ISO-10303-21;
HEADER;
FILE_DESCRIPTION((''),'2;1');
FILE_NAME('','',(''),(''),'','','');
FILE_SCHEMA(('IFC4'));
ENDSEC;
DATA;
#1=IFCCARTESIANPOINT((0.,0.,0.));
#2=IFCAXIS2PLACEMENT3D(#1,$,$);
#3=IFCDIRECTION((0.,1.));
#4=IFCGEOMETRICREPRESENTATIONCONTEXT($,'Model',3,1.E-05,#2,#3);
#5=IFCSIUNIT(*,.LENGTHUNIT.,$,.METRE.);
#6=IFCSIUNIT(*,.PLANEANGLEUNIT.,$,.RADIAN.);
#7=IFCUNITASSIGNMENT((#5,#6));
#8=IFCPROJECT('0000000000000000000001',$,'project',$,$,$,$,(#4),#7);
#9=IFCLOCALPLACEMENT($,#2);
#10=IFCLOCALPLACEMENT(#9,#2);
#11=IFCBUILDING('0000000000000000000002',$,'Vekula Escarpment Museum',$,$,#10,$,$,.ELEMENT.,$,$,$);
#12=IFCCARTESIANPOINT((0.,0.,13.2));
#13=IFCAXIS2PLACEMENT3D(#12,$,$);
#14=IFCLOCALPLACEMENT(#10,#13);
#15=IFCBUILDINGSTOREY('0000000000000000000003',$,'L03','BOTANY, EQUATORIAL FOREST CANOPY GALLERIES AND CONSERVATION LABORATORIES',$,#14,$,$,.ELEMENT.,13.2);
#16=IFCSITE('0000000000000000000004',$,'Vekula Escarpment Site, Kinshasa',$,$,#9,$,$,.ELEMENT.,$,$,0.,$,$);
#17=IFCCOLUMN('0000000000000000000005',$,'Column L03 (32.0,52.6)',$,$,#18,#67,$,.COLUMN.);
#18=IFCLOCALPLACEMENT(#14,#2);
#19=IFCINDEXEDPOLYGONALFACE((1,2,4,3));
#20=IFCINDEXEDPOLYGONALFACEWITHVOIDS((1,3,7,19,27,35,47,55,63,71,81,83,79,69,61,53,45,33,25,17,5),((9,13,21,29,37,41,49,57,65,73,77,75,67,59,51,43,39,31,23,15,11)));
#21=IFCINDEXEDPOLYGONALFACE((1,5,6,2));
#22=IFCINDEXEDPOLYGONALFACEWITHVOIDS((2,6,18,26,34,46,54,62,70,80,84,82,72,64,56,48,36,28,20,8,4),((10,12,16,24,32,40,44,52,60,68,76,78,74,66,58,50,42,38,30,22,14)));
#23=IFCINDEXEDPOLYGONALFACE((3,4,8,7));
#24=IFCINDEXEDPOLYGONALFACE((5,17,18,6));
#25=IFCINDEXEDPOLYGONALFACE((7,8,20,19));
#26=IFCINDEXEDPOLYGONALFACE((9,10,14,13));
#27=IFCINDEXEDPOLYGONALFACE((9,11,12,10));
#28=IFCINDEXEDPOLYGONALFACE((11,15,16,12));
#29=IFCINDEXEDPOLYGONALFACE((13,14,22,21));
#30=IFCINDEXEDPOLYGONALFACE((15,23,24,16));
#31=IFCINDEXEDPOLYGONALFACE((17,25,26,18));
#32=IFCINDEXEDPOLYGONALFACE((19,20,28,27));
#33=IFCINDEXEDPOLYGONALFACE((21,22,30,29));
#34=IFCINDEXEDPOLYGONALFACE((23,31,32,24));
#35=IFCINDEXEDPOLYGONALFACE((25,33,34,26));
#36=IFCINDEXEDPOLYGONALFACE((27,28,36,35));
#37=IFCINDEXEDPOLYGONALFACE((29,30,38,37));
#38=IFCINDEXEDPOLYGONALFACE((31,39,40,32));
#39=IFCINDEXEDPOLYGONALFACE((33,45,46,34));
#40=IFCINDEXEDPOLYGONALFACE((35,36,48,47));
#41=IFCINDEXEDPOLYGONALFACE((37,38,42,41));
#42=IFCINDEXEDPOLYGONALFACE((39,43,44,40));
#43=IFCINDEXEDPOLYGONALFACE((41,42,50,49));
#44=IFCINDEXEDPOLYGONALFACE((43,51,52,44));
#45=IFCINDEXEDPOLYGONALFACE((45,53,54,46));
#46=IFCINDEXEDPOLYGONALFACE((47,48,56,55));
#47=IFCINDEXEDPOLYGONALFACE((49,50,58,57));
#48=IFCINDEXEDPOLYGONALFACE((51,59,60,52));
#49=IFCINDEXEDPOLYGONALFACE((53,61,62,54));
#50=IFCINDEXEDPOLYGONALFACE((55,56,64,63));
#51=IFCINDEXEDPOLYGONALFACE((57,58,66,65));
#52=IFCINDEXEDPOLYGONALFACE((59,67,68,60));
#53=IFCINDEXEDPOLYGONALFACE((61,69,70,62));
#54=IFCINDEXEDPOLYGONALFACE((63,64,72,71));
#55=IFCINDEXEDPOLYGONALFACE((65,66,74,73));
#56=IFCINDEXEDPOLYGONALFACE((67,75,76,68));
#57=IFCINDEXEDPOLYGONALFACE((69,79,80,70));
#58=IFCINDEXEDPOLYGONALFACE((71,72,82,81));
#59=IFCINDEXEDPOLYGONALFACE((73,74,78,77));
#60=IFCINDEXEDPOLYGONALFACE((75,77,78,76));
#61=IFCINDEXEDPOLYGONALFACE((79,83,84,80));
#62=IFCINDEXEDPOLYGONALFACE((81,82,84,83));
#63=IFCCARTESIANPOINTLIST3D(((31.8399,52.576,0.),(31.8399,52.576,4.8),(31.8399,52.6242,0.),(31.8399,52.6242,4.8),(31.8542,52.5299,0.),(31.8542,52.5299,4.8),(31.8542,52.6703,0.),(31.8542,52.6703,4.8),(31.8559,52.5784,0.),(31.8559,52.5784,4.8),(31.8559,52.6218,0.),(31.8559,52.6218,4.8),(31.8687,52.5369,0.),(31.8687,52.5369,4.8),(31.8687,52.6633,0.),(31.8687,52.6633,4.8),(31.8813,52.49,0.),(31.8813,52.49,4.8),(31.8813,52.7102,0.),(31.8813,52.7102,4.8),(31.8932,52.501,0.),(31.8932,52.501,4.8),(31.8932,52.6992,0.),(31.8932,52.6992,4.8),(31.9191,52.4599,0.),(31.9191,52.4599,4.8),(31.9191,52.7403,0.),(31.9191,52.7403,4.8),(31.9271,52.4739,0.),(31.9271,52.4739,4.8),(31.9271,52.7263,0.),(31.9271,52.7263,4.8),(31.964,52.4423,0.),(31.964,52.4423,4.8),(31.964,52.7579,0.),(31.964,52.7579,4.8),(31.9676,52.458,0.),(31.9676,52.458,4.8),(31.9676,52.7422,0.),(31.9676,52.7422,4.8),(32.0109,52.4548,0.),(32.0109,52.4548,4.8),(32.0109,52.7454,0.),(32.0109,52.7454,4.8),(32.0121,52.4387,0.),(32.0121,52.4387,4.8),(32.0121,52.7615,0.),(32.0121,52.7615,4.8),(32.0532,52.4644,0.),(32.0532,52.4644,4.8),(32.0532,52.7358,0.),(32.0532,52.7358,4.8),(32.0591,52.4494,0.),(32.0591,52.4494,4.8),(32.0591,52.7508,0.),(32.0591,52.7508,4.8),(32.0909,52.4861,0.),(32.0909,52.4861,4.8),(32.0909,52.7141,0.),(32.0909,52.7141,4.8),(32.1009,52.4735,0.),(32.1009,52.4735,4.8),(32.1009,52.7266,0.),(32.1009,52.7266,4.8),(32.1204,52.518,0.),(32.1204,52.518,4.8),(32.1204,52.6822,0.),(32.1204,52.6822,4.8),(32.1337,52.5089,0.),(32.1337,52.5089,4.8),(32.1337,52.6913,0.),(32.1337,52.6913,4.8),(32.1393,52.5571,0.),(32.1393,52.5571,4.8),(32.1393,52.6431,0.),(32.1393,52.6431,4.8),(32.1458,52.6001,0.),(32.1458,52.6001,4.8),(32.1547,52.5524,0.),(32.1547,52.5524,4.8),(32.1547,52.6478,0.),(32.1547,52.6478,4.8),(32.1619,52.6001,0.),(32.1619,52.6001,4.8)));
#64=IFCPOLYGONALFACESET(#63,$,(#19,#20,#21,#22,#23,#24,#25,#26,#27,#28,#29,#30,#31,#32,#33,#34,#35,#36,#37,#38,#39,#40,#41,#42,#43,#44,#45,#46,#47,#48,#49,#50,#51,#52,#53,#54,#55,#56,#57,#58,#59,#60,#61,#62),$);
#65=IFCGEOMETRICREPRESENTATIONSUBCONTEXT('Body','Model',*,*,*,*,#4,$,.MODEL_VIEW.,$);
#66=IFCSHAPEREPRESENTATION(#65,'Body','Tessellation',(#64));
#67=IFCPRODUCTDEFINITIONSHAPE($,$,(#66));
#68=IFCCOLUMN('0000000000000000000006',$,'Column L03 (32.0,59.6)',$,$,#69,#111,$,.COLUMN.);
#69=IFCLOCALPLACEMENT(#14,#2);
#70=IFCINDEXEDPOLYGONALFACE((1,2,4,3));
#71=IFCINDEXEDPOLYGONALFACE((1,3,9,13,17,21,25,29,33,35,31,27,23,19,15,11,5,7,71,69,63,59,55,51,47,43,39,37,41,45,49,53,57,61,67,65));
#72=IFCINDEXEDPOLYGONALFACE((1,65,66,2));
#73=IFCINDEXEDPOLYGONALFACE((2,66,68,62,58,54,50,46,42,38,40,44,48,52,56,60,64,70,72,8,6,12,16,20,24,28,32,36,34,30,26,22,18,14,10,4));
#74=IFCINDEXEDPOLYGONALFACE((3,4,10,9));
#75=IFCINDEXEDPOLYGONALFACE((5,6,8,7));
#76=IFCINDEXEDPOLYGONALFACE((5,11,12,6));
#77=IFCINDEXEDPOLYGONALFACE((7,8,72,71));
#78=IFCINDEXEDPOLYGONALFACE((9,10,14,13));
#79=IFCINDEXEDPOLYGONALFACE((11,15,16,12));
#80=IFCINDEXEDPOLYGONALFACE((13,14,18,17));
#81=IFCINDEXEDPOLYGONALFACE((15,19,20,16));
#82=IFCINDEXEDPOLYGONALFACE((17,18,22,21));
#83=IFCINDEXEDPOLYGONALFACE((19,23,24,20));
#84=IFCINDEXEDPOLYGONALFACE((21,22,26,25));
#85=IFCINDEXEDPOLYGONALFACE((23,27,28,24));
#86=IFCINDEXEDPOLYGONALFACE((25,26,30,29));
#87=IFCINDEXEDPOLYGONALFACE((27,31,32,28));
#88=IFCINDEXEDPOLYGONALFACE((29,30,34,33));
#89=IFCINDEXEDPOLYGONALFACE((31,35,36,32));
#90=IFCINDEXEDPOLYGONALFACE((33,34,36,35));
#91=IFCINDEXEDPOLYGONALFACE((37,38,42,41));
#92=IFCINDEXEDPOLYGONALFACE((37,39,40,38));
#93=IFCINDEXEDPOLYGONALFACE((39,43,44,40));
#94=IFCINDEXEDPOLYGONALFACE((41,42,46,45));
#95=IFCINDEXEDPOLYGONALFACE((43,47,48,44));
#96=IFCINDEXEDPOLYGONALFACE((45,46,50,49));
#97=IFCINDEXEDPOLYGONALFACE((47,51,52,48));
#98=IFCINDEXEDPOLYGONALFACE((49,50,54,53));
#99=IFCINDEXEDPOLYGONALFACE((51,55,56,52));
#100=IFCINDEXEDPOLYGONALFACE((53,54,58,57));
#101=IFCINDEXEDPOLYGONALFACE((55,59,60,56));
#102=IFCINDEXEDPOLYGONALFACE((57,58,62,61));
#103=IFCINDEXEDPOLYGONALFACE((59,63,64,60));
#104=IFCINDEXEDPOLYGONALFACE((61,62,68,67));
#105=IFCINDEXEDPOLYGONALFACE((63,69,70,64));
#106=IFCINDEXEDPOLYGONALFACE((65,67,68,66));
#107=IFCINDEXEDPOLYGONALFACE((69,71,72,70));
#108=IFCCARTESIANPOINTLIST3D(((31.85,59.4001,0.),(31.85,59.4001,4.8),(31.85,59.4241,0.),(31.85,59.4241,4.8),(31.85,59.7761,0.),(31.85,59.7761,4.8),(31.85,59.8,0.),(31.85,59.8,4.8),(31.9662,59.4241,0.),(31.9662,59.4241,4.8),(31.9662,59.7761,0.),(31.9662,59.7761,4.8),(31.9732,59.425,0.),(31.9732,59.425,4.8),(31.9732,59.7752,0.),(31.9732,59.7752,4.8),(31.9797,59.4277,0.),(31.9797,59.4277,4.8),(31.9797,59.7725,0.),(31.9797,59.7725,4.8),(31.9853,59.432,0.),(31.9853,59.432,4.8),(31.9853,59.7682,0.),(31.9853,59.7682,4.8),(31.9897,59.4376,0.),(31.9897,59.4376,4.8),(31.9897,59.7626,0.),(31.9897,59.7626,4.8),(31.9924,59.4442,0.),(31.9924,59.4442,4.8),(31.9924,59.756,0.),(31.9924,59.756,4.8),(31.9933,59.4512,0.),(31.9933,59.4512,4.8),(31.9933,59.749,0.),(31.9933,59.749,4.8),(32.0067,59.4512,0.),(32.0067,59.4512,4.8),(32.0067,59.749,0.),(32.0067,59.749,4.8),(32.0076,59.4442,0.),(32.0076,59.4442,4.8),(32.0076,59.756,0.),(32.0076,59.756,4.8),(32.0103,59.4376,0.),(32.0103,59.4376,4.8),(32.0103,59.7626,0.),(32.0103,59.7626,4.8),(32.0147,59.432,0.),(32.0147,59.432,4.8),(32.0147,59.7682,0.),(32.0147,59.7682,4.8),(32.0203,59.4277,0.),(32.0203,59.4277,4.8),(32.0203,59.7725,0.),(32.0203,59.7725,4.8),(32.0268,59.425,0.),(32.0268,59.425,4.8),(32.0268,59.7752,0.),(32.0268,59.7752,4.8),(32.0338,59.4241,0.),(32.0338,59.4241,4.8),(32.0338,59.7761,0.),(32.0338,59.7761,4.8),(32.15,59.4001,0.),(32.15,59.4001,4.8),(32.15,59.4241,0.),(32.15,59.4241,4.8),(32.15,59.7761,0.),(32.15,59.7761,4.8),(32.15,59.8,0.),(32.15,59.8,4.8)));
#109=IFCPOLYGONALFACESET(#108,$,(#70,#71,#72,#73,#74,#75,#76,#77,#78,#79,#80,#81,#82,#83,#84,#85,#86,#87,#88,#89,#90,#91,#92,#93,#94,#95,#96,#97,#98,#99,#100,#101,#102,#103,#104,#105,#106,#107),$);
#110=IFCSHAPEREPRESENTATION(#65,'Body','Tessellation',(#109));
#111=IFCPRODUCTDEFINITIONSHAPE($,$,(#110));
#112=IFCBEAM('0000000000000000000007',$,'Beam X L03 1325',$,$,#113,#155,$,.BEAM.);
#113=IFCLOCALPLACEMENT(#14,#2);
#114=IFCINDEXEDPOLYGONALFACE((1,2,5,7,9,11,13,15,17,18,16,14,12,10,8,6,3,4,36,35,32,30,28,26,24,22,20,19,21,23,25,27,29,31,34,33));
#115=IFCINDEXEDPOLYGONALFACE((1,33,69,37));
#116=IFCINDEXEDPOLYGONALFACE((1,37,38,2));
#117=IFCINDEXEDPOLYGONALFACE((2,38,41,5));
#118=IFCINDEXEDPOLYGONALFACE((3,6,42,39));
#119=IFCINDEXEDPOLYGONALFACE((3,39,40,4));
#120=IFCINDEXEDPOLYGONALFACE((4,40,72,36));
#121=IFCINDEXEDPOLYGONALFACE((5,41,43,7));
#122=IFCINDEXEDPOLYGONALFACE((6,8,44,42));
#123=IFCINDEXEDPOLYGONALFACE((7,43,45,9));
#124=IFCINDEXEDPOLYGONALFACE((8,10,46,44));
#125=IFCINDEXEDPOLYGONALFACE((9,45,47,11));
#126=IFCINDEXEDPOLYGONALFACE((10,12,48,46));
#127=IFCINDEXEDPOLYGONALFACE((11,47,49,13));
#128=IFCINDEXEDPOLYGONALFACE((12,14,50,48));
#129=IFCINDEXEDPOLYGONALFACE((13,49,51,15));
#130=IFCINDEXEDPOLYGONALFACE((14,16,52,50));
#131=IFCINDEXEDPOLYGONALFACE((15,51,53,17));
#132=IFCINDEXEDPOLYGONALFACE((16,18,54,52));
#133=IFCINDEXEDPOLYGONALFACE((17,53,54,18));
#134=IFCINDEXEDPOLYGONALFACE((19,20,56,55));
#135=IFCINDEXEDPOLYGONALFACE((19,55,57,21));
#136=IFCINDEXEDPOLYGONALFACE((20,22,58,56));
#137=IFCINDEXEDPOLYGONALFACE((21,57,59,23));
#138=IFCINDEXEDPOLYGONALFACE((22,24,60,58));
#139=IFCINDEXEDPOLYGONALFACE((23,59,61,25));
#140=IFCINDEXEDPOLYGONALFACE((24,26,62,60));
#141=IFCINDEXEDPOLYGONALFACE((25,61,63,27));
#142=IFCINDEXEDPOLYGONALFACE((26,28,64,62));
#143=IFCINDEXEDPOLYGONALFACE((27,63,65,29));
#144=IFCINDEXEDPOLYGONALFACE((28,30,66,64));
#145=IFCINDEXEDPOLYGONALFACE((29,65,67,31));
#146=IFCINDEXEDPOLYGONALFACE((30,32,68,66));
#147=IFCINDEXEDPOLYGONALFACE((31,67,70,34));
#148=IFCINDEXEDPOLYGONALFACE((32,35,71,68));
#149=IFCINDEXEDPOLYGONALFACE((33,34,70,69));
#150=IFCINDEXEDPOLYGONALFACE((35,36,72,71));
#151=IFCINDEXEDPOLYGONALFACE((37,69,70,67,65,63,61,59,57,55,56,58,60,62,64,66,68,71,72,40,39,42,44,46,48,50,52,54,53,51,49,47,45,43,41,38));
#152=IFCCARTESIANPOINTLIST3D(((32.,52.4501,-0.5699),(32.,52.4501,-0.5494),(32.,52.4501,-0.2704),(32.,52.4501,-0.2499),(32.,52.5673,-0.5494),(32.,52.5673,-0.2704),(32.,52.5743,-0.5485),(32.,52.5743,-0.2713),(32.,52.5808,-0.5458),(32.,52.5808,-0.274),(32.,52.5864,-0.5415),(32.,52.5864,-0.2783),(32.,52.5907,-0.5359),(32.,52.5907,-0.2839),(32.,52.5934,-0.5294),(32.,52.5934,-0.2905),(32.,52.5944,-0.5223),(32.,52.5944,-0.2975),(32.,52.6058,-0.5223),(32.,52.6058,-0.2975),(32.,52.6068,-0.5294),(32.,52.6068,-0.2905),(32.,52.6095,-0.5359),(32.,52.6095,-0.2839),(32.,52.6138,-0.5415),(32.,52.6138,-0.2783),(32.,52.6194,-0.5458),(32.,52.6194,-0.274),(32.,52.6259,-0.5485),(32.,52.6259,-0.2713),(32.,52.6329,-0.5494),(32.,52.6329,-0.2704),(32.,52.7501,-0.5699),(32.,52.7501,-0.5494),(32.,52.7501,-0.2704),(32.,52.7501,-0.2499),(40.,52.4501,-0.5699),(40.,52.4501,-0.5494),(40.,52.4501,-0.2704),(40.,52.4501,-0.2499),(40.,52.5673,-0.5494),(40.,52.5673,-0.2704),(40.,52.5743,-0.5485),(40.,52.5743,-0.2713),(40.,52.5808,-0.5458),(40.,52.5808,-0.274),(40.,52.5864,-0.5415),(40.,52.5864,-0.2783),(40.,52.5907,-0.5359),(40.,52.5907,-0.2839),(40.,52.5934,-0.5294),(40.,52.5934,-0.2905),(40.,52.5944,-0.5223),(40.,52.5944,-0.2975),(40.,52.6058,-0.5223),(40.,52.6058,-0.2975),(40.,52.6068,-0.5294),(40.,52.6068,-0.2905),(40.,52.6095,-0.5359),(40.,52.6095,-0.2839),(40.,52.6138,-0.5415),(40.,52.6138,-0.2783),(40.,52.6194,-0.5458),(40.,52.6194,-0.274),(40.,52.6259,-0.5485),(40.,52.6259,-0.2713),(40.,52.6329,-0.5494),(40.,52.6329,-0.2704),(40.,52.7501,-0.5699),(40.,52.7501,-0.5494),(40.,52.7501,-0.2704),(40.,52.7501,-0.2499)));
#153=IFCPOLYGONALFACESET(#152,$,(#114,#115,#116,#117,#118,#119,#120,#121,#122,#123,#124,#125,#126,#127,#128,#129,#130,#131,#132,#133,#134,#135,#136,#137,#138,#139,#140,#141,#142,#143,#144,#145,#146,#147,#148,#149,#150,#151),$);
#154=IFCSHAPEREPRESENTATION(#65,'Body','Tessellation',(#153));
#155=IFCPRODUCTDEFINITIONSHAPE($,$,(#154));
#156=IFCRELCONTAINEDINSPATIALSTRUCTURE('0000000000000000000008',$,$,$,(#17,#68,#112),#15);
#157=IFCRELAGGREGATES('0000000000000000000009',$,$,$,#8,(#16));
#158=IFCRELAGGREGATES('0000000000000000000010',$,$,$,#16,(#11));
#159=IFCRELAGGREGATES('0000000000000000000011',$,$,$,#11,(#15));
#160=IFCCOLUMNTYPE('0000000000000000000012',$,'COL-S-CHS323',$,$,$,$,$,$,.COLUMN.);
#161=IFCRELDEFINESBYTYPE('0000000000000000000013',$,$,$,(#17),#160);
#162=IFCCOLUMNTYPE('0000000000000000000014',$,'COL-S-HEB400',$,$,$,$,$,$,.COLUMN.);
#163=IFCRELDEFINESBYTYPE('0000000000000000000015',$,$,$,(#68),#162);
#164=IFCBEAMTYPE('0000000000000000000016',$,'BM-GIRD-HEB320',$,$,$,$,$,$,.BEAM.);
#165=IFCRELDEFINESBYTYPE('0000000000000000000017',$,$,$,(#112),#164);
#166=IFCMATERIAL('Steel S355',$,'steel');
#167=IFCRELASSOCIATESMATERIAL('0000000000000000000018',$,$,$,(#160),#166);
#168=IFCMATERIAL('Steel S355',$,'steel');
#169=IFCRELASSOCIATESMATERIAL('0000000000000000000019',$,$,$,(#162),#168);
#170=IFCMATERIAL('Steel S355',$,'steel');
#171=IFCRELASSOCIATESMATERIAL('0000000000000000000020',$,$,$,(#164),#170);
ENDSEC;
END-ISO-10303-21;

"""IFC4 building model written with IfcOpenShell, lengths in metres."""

from ifc_helpers import new_model, si_unit, direction, frame, origin, origin_2d, place, context, subcontext, project, spatial, hollow_circle, i_section, extrude, material, material_profile, profile_set, type_object, element, save


model = new_model("IFC4")

# Units and contexts
model_context = context("Model", 3, precision=1e-05, world=origin(), true_north=direction((0.0, 1.0)))
body_context = subcontext(model_context, "Body", "Model", "MODEL_VIEW")
ifc_project = project(units=[si_unit("LENGTHUNIT", "METRE"), si_unit("PLANEANGLEUNIT", "RADIAN")], contexts=[model_context])

# Site, building, storey
site_placement = place(None, origin())
site = spatial("IfcSite", under=ifc_project, at=site_placement, Name="Vekula Escarpment Site, Kinshasa", CompositionType="ELEMENT", RefElevation=0.0)
building_placement = place(site_placement, origin())
building = spatial("IfcBuilding", under=site, at=building_placement, Name="Vekula Escarpment Museum", CompositionType="ELEMENT")
storey_placement = place(building_placement, frame((0.0, 0.0, 13.2)))
storey = spatial("IfcBuildingStorey", under=building, at=storey_placement, Name="L03", Description="BOTANY, EQUATORIAL FOREST CANOPY GALLERIES AND CONSERVATION LABORATORIES", CompositionType="ELEMENT", Elevation=13.2)

# Columns
ifc_material_1 = material(Name="Steel S355", Category="steel")
ifc_material_profile_1 = material_profile(ifc_material_1, hollow_circle(Radius=0.1619, WallThickness=0.0161, at=origin_2d()), Name="CHS 323.9x16")
ifc_profile_set_1 = profile_set([ifc_material_profile_1], Name="Steel S355")
column_type_1 = type_object("IfcColumnType", Name="COL-S-CHS323", PredefinedType="COLUMN", material=ifc_profile_set_1)
column_1_placement = place(storey_placement, frame((32.0, 52.6001, 0.0), z_axis=(0.0, 0.0, 1.0), x_axis=(1.0, 0.0, 0.0)))
element("IfcColumn", 1, at=column_1_placement, inside=storey, type_object=column_type_1, Name="Column L03 (32.0,52.6)", PredefinedType="COLUMN", context=body_context, shape_type="SweptSolid", body=[
    extrude(hollow_circle(Radius=0.1619, WallThickness=0.0161, at=origin_2d()), origin(), (0.0, 0.0, 1.0), 4.8),
])
ifc_material_2 = material(Name="Steel S355", Category="steel")
ifc_material_profile_2 = material_profile(ifc_material_2, i_section(OverallWidth=0.3, OverallDepth=0.3999, WebThickness=0.0134, FlangeThickness=0.0239, FilletRadius=0.0271, at=origin_2d()), Name="HEB 400")
ifc_profile_set_2 = profile_set([ifc_material_profile_2], Name="Steel S355")
column_type_2 = type_object("IfcColumnType", Name="COL-S-HEB400", PredefinedType="COLUMN", material=ifc_profile_set_2)
column_2_placement = place(storey_placement, frame((32.0, 59.6001, 0.0), z_axis=(0.0, 0.0, 1.0), x_axis=(1.0, 0.0, 0.0)))
element("IfcColumn", 2, at=column_2_placement, inside=storey, type_object=column_type_2, Name="Column L03 (32.0,59.6)", PredefinedType="COLUMN", context=body_context, shape_type="SweptSolid", body=[
    extrude(i_section(OverallWidth=0.3, OverallDepth=0.3999, WebThickness=0.0134, FlangeThickness=0.0239, FilletRadius=0.0271, at=origin_2d()), origin(), (0.0, 0.0, 1.0), 4.8),
])

# Beam
ifc_material_3 = material(Name="Steel S355", Category="steel")
ifc_material_profile_3 = material_profile(ifc_material_3, i_section(OverallWidth=0.3, OverallDepth=0.3201, WebThickness=0.0115, FlangeThickness=0.0205, FilletRadius=0.0271, at=origin_2d()), Name="HEB 320")
ifc_profile_set_3 = profile_set([ifc_material_profile_3], Name="Steel S355")
beam_type_1 = type_object("IfcBeamType", Name="BM-GIRD-HEB320", PredefinedType="BEAM", material=ifc_profile_set_3)
beam_1_placement = place(storey_placement, frame((32.0, 52.6001, -0.4099), z_axis=(1.0, 0.0, 0.0), x_axis=(0.0, 1.0, 0.0)))
element("IfcBeam", 3, at=beam_1_placement, inside=storey, type_object=beam_type_1, Name="Beam X L03 1325", PredefinedType="BEAM", context=body_context, shape_type="SweptSolid", body=[
    extrude(i_section(OverallWidth=0.3, OverallDepth=0.3201, WebThickness=0.0115, FlangeThickness=0.0205, FilletRadius=0.0271, at=origin_2d()), origin(), (0.0, 0.0, 1.0), 8.0),
])

save(model, "model.ifc")
